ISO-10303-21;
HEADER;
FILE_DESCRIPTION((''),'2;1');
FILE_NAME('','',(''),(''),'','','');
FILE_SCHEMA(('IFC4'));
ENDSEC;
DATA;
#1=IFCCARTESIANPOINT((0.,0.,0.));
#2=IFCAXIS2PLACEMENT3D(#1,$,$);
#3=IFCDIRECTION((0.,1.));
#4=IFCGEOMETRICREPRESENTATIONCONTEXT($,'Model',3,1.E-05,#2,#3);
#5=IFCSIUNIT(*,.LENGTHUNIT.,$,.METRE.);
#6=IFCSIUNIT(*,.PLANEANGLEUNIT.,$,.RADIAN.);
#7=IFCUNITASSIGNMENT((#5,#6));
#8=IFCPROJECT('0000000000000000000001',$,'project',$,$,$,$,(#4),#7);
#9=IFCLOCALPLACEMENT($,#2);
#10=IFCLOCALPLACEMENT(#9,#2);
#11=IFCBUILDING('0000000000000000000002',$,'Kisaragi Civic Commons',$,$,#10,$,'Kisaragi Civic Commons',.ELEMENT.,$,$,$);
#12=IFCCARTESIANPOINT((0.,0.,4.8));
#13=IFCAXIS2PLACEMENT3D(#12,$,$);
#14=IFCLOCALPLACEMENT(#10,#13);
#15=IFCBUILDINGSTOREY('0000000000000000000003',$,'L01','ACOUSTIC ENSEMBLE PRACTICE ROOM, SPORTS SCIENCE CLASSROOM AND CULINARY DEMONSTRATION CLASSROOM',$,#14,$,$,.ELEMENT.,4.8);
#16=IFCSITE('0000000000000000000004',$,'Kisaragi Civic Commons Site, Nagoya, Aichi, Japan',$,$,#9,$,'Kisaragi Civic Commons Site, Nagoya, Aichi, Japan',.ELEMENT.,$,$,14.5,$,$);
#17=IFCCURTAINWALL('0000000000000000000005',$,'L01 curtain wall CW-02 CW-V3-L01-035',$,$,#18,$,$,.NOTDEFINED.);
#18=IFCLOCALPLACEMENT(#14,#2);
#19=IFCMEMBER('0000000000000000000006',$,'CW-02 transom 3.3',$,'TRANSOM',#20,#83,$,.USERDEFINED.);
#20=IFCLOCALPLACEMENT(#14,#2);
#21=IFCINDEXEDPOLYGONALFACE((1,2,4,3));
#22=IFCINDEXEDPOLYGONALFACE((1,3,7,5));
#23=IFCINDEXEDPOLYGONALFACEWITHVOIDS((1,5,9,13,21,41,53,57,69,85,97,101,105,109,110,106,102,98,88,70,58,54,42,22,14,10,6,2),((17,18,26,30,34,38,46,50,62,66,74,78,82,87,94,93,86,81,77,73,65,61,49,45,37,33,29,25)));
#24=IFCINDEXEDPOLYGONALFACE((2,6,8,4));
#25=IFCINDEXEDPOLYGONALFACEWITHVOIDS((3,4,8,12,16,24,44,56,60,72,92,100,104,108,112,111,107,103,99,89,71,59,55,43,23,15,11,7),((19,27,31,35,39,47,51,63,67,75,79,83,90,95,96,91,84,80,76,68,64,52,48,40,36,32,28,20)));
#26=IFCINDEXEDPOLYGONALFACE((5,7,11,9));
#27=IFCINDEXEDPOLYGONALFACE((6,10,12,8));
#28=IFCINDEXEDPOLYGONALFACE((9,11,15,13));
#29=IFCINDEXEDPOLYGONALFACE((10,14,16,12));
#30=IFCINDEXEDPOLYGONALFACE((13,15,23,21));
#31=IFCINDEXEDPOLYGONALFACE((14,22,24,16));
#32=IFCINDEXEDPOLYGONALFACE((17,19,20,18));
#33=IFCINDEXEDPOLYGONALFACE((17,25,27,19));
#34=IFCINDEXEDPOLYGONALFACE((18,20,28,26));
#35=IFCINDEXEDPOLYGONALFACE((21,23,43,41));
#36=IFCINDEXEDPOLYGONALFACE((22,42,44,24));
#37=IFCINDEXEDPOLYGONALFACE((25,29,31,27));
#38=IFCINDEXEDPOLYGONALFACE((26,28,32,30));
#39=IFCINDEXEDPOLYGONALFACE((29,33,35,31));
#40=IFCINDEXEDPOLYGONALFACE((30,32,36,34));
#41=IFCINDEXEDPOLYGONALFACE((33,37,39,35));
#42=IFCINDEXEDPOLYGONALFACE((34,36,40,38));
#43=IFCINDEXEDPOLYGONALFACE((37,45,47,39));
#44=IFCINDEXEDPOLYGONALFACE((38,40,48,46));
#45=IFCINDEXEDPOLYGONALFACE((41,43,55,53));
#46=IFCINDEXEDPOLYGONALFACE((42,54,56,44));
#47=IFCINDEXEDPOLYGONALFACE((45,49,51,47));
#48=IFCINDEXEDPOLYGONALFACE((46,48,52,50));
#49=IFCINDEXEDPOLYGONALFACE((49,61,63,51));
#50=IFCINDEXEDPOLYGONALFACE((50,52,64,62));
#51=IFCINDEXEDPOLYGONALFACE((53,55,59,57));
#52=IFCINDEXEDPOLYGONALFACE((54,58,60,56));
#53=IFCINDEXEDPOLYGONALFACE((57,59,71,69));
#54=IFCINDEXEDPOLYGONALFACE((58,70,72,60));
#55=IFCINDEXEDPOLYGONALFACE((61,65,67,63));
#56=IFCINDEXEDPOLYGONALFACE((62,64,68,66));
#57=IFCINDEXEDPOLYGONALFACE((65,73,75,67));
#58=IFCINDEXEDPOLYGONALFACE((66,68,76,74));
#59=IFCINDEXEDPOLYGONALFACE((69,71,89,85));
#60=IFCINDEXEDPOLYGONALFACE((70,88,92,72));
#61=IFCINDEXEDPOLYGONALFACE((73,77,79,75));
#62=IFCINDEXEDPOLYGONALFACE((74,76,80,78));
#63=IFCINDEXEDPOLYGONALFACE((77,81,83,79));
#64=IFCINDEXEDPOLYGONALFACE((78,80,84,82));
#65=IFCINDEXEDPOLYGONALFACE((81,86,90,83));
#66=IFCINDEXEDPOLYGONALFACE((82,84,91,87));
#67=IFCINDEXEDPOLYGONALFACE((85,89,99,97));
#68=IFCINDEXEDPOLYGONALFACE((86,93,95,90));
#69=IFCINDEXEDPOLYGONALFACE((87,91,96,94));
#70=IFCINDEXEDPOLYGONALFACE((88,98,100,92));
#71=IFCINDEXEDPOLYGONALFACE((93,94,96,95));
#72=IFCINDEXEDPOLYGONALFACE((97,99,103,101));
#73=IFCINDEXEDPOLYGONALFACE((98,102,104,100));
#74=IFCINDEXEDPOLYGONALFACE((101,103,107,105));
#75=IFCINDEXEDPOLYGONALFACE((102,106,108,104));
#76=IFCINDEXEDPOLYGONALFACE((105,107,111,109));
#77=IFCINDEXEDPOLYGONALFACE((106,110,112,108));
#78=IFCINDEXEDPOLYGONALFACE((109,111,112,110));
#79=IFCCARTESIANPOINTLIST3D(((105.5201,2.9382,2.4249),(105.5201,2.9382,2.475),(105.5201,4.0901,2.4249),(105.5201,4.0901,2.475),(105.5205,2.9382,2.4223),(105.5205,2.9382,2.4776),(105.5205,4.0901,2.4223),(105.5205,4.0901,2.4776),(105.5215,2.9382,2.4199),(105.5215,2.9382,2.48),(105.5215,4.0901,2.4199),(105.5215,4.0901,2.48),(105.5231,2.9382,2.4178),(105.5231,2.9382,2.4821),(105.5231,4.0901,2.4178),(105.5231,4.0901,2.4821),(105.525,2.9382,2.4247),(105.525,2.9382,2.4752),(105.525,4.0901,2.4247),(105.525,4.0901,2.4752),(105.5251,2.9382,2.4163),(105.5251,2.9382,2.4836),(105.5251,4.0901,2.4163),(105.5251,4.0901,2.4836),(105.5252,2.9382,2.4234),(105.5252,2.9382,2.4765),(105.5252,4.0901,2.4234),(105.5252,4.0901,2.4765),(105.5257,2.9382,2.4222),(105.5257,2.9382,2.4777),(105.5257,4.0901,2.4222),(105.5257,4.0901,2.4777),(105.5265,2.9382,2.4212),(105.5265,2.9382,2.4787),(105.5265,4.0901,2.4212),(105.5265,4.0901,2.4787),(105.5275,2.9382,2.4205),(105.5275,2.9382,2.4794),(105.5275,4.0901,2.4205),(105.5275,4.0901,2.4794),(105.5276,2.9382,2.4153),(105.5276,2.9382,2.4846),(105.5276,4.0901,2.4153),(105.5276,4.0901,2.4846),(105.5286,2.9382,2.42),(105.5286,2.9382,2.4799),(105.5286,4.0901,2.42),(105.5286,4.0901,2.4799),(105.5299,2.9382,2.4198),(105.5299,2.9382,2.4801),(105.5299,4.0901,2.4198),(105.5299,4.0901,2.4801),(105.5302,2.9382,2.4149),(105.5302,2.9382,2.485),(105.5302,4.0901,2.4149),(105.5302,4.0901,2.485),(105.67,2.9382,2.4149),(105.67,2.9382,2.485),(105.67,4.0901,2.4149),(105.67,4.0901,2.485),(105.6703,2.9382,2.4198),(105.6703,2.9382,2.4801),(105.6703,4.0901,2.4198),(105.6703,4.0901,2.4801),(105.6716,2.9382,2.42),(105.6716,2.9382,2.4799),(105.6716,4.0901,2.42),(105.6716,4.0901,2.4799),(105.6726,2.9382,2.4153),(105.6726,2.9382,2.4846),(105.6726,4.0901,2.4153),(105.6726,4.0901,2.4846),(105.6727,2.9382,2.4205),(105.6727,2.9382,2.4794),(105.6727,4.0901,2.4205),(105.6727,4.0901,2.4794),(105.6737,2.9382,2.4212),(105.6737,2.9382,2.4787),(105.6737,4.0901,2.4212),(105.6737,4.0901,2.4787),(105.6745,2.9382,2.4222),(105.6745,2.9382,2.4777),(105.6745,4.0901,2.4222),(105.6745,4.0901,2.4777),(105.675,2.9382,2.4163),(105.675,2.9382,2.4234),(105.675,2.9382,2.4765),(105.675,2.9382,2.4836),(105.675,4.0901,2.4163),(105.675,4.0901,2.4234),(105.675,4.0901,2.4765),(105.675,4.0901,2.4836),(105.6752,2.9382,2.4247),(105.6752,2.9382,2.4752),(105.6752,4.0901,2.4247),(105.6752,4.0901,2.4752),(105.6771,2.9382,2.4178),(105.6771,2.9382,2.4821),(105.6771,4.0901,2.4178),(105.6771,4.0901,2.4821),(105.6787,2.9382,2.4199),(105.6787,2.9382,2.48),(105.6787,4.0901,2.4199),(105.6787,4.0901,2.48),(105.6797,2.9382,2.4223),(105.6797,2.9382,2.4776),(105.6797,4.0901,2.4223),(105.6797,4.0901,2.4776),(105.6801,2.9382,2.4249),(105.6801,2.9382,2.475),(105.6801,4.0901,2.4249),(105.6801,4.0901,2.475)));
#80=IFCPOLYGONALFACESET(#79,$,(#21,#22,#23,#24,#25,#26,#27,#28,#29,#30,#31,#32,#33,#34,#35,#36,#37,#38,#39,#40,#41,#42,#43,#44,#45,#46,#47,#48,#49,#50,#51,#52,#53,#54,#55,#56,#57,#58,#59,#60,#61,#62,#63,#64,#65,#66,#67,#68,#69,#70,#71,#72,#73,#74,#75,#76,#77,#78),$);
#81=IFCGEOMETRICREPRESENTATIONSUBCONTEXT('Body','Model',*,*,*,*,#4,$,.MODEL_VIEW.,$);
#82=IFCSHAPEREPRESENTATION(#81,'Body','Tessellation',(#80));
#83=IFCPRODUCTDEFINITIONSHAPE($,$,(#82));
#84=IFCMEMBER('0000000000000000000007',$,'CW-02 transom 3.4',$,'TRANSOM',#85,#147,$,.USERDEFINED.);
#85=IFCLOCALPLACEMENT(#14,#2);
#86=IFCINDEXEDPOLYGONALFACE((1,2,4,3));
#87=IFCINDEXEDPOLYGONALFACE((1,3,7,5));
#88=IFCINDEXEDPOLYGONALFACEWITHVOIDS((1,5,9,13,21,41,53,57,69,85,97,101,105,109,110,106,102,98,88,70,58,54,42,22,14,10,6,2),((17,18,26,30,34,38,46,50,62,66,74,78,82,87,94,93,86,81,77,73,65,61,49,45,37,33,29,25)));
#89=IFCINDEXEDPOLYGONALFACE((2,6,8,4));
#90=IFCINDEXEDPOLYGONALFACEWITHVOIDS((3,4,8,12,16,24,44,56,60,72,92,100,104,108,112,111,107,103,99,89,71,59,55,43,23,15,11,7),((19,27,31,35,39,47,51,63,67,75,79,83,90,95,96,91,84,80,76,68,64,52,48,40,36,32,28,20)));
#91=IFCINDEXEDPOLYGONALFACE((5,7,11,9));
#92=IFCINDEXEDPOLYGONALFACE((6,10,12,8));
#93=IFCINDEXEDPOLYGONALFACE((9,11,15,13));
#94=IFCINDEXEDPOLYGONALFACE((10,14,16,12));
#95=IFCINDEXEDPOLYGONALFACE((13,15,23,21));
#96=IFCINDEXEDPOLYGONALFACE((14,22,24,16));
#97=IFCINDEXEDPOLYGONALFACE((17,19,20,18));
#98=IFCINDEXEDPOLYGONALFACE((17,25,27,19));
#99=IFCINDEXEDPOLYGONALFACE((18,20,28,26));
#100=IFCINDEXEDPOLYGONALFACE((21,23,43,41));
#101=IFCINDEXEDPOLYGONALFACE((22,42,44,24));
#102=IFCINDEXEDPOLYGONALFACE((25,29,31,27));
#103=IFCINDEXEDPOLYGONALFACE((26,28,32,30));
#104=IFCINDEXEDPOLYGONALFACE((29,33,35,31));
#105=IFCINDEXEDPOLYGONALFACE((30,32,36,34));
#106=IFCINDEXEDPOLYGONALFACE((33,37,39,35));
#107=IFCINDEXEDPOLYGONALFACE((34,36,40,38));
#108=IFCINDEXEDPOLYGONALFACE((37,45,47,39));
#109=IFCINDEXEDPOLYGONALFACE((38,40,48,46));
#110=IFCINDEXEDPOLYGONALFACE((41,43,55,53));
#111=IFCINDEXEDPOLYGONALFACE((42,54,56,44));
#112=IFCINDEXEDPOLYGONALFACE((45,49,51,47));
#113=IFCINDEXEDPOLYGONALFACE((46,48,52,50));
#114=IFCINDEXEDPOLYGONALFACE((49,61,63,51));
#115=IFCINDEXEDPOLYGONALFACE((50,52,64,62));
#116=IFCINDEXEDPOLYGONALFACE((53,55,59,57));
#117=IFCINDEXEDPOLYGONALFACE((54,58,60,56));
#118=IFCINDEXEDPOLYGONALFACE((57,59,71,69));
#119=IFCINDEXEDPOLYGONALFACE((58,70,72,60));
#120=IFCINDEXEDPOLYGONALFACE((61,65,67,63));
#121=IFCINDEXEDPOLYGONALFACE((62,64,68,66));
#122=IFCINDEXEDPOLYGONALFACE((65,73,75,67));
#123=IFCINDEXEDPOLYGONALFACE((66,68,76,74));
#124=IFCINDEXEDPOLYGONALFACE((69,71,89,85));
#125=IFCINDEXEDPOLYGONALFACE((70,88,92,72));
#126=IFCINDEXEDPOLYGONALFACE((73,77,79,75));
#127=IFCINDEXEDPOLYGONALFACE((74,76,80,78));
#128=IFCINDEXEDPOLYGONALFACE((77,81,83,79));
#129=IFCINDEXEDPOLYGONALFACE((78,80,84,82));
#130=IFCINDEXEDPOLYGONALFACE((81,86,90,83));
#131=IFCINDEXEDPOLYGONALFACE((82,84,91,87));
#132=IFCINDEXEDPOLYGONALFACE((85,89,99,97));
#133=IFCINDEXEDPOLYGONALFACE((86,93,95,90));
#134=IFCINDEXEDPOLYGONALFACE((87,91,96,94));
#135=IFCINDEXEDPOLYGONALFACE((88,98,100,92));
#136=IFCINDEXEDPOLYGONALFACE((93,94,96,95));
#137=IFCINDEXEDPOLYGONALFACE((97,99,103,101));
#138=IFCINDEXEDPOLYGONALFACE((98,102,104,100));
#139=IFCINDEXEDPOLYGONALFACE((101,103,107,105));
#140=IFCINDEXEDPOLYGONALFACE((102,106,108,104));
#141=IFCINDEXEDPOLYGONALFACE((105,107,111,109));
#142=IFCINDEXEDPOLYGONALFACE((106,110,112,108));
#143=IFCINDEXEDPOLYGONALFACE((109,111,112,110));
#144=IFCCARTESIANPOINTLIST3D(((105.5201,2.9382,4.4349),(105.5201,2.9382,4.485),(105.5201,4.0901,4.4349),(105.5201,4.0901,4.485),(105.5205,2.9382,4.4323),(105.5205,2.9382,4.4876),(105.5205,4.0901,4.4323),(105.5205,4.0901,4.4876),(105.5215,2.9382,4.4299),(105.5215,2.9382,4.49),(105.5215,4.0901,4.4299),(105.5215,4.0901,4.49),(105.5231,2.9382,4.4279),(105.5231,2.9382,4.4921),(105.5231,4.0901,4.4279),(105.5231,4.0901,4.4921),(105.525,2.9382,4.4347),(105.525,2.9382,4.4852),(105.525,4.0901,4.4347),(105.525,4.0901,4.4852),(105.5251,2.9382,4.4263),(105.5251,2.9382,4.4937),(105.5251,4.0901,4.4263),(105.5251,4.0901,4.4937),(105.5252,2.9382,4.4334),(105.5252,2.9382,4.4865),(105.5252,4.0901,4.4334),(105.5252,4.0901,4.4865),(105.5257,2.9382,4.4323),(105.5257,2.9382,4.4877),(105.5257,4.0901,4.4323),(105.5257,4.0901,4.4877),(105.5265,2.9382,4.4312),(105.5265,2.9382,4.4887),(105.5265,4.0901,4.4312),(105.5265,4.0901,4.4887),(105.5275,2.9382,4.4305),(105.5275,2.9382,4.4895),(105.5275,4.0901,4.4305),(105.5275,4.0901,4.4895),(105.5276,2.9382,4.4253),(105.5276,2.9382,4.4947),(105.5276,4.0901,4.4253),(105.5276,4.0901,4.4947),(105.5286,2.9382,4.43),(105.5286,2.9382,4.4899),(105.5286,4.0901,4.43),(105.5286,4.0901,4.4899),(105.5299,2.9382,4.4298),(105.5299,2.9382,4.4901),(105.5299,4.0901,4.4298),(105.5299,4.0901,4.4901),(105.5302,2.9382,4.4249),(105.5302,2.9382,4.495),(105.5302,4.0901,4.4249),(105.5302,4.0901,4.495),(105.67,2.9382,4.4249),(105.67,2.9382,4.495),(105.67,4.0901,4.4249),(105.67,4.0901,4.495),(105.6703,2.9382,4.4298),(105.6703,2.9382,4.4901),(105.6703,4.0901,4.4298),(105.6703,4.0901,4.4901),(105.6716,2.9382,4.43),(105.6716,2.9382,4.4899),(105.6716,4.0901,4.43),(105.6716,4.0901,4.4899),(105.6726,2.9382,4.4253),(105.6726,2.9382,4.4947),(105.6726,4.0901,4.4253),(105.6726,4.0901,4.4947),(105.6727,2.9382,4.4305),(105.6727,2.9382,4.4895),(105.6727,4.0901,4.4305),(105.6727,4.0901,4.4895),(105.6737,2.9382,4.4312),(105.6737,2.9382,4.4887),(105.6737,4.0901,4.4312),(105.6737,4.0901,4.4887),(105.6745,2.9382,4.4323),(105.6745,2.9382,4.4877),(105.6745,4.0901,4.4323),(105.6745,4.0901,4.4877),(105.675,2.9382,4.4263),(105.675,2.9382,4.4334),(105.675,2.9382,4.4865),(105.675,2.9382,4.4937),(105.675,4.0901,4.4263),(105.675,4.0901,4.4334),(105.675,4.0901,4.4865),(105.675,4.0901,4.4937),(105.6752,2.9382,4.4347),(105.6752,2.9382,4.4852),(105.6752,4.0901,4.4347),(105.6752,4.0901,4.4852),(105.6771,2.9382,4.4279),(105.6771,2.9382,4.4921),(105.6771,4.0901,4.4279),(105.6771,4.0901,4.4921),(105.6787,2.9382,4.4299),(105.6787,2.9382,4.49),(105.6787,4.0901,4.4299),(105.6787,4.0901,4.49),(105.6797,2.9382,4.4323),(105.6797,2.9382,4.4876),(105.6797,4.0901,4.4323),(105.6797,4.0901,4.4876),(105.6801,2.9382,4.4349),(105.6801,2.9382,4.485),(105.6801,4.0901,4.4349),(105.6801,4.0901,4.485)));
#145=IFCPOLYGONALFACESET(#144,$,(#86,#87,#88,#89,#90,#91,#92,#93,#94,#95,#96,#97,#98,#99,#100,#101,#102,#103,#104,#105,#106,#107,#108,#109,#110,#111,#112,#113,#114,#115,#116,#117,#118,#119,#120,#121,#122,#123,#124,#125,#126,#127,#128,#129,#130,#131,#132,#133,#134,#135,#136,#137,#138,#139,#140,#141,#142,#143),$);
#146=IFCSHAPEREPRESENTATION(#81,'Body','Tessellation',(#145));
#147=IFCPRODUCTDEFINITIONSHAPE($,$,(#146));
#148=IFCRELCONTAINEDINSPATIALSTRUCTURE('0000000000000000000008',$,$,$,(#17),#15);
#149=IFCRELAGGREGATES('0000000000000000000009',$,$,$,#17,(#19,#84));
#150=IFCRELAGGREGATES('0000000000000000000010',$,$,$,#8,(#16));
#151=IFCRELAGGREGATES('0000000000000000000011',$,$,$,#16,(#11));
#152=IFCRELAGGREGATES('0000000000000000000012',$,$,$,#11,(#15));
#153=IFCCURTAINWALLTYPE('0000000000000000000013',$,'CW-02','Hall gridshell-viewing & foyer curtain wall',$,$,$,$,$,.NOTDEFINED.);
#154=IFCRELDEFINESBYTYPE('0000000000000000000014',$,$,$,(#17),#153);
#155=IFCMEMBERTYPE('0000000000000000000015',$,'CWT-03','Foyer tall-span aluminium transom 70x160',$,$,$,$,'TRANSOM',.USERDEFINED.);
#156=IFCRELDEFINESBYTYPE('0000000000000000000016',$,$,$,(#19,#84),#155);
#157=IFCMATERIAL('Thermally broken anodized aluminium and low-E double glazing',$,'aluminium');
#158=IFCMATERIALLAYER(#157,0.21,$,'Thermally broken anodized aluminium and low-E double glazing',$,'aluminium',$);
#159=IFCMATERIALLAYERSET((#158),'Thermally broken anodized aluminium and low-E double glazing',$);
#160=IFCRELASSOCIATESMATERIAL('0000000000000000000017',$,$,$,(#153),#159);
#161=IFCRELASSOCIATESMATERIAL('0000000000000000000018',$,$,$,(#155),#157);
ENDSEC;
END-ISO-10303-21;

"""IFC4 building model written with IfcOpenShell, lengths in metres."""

from ifc_helpers import new_model, si_unit, direction, frame, origin, origin_2d, place, context, subcontext, project, spatial, hollow_rectangle, extrude, material, layer, layer_set, material_profile, profile_set, type_object, element, aggregate, save


model = new_model("IFC4")

# Units and contexts
model_context = context("Model", 3, precision=1e-05, world=origin(), true_north=direction((0.0, 1.0)))
body_context = subcontext(model_context, "Body", "Model", "MODEL_VIEW")
ifc_project = project(units=[si_unit("LENGTHUNIT", "METRE"), si_unit("PLANEANGLEUNIT", "RADIAN")], contexts=[model_context])

# Site, building, storey
site_placement = place(None, origin())
site = spatial("IfcSite", under=ifc_project, at=site_placement, Name="Kisaragi Civic Commons Site, Nagoya, Aichi, Japan", LongName="Kisaragi Civic Commons Site, Nagoya, Aichi, Japan", CompositionType="ELEMENT", RefElevation=14.5)
building_placement = place(site_placement, origin())
building = spatial("IfcBuilding", under=site, at=building_placement, Name="Kisaragi Civic Commons", LongName="Kisaragi Civic Commons", CompositionType="ELEMENT")
storey_placement = place(building_placement, frame((0.0, 0.0, 4.8)))
storey = spatial("IfcBuildingStorey", under=building, at=storey_placement, Name="L01", Description="ACOUSTIC ENSEMBLE PRACTICE ROOM, SPORTS SCIENCE CLASSROOM AND CULINARY DEMONSTRATION CLASSROOM", CompositionType="ELEMENT", Elevation=4.8)

# Curtain wall
ifc_material = material(Name="Thermally broken anodized aluminium and low-E double glazing", Category="aluminium")
ifc_layer_1 = layer(ifc_material, 0.21, Name="Thermally broken anodized aluminium and low-E double glazing", Category="aluminium")
ifc_layer_set_1 = layer_set([ifc_layer_1], Name="Thermally broken anodized aluminium and low-E double glazing")
curtain_wall_type = type_object("IfcCurtainWallType", Name="CW-02", Description="Hall gridshell-viewing & foyer curtain wall", PredefinedType="NOTDEFINED", material=ifc_layer_set_1)
curtain_wall_1_placement = place(storey_placement, origin())
curtain_wall_1 = element("IfcCurtainWall", 1, at=curtain_wall_1_placement, inside=storey, type_object=curtain_wall_type, Name="L01 curtain wall CW-02 CW-V3-L01-035", PredefinedType="NOTDEFINED")

# Members
ifc_material_profile_1 = material_profile(ifc_material, hollow_rectangle(XDim=0.1599, YDim=0.0701, WallThickness=0.0049, InnerFilletRadius=0.0049, OuterFilletRadius=0.01, at=origin_2d()), Name="CWT-70x160x5", Category="aluminium")
ifc_profile_set_1 = profile_set([ifc_material_profile_1], Name="Thermally broken anodized aluminium and low-E double glazing")
member_type_1 = type_object("IfcMemberType", Name="CWT-03", Description="Foyer tall-span aluminium transom 70x160", ElementType="TRANSOM", PredefinedType="USERDEFINED", material=ifc_profile_set_1)
member_1_placement = place(storey_placement, frame((105.6001, 2.9382, 2.45), z_axis=(0.0, 1.0, 0.0), x_axis=(-1.0, 0.0, 0.0)))
member_1 = element("IfcMember", 2, at=member_1_placement, type_object=member_type_1, Name="CW-02 transom 3.3", ObjectType="TRANSOM", PredefinedType="USERDEFINED", context=body_context, shape_type="SweptSolid", body=[
    extrude(hollow_rectangle(XDim=0.1599, YDim=0.0701, WallThickness=0.0049, InnerFilletRadius=0.0049, OuterFilletRadius=0.01, at=origin_2d()), origin(), (0.0, 0.0, 1.0), 1.1519),
])
member_2_placement = place(storey_placement, frame((105.6001, 2.9382, 4.46), z_axis=(0.0, 1.0, 0.0), x_axis=(-1.0, 0.0, 0.0)))
member_2 = element("IfcMember", 3, at=member_2_placement, type_object=member_type_1, Name="CW-02 transom 3.4", ObjectType="TRANSOM", PredefinedType="USERDEFINED", context=body_context, shape_type="SweptSolid", body=[
    extrude(hollow_rectangle(XDim=0.1599, YDim=0.0701, WallThickness=0.0049, InnerFilletRadius=0.0049, OuterFilletRadius=0.01, at=origin_2d()), origin(), (0.0, 0.0, 1.0), 1.1519),
])

aggregate(curtain_wall_1, [member_1, member_2])

save(model, "model.ifc")
